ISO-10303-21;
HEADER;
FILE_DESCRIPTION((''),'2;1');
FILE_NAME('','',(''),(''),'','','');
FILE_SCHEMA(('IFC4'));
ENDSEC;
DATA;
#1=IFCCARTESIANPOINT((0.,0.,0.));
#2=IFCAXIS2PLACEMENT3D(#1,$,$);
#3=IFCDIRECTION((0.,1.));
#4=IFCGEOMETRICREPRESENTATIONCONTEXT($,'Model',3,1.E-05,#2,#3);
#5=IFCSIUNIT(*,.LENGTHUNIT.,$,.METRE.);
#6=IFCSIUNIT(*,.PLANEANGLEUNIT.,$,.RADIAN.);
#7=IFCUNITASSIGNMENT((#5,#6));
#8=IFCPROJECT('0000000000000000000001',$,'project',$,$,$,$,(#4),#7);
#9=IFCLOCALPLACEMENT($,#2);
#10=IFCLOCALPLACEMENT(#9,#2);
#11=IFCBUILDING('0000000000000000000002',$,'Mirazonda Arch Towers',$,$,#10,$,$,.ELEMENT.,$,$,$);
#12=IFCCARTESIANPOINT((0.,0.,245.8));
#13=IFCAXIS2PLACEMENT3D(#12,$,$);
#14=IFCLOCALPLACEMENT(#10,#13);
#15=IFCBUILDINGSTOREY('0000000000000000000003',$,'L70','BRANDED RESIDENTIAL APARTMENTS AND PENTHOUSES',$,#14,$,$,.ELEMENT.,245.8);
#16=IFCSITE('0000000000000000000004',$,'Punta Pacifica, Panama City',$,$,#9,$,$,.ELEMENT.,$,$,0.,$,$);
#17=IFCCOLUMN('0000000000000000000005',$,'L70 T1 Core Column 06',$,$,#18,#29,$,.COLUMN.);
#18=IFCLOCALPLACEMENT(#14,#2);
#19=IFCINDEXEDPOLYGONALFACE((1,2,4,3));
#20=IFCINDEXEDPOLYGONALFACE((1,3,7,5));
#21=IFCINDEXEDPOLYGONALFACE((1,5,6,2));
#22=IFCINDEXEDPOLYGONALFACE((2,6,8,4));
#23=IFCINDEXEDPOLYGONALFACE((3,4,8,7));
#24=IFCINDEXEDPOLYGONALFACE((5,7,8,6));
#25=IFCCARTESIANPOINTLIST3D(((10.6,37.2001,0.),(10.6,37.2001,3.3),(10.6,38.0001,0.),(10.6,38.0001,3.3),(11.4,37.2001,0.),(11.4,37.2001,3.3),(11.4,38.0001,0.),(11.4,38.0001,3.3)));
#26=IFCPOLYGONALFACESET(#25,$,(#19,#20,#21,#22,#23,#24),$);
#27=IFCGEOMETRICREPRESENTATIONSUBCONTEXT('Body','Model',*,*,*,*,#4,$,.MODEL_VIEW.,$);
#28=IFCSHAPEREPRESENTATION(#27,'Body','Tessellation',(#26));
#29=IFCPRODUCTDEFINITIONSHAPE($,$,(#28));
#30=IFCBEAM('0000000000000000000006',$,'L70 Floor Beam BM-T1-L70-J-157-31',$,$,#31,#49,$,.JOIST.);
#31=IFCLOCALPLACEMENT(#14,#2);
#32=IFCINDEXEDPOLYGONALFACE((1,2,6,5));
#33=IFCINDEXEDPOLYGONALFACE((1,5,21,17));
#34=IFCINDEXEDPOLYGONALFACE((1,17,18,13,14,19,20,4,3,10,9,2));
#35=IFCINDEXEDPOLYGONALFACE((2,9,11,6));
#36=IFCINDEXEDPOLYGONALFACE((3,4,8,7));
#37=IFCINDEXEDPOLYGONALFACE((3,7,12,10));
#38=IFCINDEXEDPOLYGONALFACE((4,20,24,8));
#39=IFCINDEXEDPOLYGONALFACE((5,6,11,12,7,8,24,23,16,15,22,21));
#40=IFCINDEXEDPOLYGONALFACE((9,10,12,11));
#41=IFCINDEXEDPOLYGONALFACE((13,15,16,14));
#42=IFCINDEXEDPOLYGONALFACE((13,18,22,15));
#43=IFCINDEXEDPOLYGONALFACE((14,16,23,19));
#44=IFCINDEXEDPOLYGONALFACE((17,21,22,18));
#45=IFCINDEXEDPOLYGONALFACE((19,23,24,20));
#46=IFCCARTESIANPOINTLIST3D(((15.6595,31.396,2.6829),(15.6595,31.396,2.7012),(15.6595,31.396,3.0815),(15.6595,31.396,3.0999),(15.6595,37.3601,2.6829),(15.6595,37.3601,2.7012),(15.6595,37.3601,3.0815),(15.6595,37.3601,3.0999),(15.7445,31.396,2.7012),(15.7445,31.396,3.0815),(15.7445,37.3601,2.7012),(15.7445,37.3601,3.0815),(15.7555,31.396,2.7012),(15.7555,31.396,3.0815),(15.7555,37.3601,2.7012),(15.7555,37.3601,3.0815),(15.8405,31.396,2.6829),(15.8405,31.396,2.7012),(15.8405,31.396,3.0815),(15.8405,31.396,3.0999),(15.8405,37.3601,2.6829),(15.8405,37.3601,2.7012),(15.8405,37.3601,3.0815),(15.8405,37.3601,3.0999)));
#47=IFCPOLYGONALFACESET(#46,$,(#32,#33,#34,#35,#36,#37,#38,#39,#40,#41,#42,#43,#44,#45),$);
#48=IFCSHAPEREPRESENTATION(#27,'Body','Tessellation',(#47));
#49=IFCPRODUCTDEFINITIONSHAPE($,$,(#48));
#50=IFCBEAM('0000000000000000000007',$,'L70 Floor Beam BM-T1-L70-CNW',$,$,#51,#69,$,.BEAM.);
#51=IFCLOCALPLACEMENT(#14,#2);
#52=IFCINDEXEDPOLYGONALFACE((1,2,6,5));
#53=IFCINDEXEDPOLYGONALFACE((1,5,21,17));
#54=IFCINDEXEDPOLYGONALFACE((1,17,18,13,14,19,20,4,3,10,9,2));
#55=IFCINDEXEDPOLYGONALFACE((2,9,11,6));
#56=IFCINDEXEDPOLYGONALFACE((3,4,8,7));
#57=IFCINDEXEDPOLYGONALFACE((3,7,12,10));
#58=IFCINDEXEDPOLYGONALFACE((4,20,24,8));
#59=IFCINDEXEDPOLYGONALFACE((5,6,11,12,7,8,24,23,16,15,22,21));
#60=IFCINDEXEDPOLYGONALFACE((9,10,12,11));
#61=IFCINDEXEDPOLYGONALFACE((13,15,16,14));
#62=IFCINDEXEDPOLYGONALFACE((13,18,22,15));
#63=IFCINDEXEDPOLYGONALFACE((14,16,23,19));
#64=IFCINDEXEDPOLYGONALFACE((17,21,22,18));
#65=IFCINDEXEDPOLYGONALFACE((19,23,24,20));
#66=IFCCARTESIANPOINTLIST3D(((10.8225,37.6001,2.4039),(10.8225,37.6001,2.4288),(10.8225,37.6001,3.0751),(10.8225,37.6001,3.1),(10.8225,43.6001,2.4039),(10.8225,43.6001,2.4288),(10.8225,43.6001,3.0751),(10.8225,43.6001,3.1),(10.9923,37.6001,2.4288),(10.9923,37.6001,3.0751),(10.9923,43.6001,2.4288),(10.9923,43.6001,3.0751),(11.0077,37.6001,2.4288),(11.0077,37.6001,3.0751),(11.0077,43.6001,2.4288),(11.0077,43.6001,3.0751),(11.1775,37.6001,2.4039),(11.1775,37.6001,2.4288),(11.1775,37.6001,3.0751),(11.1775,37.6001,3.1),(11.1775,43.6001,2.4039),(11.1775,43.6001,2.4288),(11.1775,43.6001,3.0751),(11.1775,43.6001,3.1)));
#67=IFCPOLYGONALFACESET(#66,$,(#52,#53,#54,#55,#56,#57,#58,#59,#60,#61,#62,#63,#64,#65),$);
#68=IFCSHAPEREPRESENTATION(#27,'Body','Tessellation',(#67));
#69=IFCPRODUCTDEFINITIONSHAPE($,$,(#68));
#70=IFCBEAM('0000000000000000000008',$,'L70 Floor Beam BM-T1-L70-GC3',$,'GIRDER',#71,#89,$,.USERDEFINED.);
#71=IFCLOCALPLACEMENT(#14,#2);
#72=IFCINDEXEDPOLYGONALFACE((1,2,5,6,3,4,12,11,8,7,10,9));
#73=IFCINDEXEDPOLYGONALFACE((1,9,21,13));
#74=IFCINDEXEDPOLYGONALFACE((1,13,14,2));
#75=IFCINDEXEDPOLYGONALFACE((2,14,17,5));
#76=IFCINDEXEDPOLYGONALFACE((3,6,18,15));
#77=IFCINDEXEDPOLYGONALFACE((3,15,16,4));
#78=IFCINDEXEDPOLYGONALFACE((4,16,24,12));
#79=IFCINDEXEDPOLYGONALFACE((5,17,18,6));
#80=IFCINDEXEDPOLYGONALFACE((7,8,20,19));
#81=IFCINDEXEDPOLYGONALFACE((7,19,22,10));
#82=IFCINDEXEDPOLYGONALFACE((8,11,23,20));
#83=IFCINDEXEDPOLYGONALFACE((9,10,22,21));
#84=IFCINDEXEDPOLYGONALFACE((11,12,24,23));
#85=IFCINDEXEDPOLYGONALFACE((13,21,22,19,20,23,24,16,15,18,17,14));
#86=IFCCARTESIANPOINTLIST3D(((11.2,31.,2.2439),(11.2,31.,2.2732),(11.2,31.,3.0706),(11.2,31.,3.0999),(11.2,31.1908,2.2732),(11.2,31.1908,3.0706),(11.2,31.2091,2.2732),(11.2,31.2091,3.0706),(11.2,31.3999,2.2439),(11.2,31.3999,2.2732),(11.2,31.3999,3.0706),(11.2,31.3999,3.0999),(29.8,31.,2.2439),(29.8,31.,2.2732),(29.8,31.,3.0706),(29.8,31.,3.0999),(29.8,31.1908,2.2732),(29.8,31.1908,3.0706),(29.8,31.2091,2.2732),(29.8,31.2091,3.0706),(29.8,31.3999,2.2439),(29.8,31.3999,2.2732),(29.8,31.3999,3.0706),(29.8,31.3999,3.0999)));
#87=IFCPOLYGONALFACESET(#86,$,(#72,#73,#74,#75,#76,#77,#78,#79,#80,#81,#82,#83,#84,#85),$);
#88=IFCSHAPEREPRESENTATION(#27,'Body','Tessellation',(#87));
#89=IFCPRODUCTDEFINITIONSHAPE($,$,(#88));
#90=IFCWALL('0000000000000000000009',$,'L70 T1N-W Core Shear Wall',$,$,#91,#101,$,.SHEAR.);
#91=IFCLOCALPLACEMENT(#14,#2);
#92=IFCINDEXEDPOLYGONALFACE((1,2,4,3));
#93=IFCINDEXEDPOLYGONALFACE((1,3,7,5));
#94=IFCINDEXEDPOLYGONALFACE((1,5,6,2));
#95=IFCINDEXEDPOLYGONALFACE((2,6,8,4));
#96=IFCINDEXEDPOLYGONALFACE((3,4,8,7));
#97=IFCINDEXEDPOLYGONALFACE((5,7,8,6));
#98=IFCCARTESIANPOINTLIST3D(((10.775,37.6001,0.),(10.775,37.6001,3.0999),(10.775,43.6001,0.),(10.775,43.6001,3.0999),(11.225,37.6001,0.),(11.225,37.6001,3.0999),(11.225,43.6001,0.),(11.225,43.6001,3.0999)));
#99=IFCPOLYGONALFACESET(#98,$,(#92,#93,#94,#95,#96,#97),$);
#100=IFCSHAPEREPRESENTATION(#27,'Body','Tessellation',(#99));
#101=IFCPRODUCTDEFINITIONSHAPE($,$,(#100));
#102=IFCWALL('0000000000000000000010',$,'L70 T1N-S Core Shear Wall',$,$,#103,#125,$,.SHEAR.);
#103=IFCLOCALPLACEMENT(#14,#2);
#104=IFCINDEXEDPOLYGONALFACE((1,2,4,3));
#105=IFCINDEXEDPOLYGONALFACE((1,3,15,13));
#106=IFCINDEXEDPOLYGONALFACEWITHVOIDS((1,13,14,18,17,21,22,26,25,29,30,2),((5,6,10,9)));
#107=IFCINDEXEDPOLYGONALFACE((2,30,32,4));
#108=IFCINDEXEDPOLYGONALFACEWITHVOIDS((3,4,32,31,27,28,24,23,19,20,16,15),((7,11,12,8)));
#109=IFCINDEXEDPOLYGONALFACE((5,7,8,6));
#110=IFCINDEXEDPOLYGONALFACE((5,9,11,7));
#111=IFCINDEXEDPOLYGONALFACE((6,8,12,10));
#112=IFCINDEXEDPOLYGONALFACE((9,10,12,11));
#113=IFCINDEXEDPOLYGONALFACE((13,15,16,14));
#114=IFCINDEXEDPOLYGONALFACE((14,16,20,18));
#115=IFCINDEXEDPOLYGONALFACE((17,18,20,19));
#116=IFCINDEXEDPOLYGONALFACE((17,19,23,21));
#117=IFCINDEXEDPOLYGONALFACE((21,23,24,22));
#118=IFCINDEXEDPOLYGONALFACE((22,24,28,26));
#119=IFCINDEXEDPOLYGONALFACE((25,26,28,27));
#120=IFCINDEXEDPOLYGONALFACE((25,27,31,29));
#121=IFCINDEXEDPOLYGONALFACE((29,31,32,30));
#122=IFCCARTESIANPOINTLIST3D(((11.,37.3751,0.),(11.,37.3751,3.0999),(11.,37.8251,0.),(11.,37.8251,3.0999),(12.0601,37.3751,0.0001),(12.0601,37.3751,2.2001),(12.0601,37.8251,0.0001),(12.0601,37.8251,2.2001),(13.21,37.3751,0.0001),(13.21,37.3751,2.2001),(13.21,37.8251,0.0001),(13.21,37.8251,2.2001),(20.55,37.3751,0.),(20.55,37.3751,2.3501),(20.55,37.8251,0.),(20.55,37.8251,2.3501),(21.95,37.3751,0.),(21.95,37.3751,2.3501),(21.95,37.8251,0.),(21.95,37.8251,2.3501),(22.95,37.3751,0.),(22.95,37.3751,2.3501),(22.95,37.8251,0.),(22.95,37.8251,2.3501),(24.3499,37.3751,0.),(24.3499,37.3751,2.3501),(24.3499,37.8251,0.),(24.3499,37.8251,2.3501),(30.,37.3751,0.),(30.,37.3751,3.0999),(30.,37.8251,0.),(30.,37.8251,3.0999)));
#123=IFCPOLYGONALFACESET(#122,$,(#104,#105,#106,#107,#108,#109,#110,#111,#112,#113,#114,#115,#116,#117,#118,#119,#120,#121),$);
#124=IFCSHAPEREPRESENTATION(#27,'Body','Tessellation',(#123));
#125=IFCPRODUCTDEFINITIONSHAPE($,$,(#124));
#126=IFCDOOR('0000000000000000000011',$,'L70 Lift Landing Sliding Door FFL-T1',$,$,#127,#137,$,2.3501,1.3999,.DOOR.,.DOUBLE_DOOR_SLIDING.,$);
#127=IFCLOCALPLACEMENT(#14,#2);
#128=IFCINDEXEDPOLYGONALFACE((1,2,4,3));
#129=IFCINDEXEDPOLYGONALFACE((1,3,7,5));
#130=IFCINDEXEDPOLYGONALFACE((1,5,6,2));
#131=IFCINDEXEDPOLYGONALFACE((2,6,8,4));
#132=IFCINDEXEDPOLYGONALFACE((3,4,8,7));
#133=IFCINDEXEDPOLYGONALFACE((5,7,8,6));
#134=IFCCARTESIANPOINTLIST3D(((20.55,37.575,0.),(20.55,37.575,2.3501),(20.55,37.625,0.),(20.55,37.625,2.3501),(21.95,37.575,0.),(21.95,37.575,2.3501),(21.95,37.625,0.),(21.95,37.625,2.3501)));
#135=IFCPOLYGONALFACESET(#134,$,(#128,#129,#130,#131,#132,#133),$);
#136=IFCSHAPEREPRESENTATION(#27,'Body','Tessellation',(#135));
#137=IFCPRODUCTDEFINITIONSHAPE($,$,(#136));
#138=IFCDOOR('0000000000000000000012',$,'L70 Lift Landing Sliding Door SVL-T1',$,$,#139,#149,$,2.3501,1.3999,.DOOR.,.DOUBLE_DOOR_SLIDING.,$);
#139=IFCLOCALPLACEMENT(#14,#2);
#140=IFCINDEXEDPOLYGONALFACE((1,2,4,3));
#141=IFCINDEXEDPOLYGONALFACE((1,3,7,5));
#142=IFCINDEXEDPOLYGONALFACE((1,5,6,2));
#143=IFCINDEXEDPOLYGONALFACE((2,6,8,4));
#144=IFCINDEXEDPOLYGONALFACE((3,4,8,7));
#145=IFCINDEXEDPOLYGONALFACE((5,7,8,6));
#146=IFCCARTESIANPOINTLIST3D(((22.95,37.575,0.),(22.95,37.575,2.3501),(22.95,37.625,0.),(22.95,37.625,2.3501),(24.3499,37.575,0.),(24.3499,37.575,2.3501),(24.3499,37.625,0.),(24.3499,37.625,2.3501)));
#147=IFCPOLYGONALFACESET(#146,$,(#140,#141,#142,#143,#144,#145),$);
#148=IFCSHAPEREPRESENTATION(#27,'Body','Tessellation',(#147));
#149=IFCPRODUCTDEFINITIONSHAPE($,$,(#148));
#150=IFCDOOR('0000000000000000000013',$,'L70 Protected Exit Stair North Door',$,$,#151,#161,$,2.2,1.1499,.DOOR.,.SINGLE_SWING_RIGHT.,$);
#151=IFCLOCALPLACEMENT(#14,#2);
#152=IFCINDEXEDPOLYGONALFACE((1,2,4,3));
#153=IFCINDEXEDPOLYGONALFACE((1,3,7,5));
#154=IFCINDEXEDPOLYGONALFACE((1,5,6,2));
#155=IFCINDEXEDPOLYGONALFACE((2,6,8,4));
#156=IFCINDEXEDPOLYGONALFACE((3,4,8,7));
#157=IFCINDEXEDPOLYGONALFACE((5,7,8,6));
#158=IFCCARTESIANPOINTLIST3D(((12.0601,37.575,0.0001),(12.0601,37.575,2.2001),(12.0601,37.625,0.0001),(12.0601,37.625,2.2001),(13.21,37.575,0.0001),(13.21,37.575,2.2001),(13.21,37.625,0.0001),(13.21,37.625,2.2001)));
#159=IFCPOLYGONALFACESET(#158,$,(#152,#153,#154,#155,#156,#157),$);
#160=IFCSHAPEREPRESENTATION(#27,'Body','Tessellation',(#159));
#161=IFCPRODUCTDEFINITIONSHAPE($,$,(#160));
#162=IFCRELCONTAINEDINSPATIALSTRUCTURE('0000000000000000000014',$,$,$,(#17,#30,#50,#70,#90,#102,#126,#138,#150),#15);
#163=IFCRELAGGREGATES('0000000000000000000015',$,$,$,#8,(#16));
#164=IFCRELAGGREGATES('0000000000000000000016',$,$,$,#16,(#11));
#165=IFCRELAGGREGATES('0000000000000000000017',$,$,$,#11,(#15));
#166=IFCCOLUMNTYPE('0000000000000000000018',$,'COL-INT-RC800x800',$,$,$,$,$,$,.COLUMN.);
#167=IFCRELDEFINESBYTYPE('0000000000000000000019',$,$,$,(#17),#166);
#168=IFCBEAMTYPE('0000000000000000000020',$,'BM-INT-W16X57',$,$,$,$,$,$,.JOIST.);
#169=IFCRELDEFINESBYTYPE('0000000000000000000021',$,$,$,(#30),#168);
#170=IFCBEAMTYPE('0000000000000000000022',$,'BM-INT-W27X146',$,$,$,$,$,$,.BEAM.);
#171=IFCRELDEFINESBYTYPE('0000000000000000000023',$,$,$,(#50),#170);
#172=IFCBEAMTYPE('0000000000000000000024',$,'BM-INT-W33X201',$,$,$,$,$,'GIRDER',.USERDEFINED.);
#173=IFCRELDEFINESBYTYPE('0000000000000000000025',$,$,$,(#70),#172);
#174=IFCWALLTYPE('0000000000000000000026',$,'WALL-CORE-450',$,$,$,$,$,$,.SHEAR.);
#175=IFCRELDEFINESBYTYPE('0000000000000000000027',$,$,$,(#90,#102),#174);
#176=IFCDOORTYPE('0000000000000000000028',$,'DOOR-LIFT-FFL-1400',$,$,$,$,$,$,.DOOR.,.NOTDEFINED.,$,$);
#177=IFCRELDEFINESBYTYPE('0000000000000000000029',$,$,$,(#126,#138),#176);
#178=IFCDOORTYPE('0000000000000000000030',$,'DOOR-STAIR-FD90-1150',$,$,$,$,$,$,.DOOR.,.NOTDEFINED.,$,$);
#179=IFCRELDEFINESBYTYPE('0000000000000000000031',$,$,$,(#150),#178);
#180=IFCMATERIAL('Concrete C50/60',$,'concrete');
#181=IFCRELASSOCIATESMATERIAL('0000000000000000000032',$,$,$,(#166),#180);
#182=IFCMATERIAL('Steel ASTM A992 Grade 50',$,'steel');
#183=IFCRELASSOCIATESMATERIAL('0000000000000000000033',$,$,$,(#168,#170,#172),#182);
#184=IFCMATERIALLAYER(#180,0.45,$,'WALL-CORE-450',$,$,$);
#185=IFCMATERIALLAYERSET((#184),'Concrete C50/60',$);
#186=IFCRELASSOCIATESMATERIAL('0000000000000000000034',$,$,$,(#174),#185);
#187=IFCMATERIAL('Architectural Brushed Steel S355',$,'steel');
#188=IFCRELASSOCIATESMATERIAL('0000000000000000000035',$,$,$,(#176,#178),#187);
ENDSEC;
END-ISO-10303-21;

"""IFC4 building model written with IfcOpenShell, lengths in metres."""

from ifc_helpers import new_model, si_unit, direction, frame, frame_2d, origin, origin_2d, place, context, subcontext, project, spatial, rectangle, i_section, extrude, material, layer, layer_set, material_profile, profile_set, type_object, element, fill, save


model = new_model("IFC4")

# Units and contexts
model_context = context("Model", 3, precision=1e-05, world=origin(), true_north=direction((0.0, 1.0)))
body_context = subcontext(model_context, "Body", "Model", "MODEL_VIEW")
ifc_project = project(units=[si_unit("LENGTHUNIT", "METRE"), si_unit("PLANEANGLEUNIT", "RADIAN")], contexts=[model_context])

# Site, building, storey
site_placement = place(None, origin())
site = spatial("IfcSite", under=ifc_project, at=site_placement, Name="Punta Pacifica, Panama City", CompositionType="ELEMENT", RefElevation=0.0)
building_placement = place(site_placement, origin())
building = spatial("IfcBuilding", under=site, at=building_placement, Name="Mirazonda Arch Towers", CompositionType="ELEMENT")
storey_placement = place(building_placement, frame((0.0, 0.0, 245.8)))
storey = spatial("IfcBuildingStorey", under=building, at=storey_placement, Name="L70", Description="BRANDED RESIDENTIAL APARTMENTS AND PENTHOUSES", CompositionType="ELEMENT", Elevation=245.8)

# Column
ifc_material_1 = material(Name="Concrete C50/60", Category="concrete")
ifc_material_profile_1 = material_profile(ifc_material_1, rectangle(XDim=0.8, YDim=0.8, at=origin_2d()), Name="RC800x800")
ifc_profile_set_1 = profile_set([ifc_material_profile_1], Name="Concrete C50/60")
column_type = type_object("IfcColumnType", Name="COL-INT-RC800x800", PredefinedType="COLUMN", material=ifc_profile_set_1)
column_placement = place(storey_placement, frame((11.0, 37.6001, 0.0), z_axis=(0.0, 0.0, 1.0), x_axis=(1.0, 0.0, 0.0)))
element("IfcColumn", 1, at=column_placement, inside=storey, type_object=column_type, Name="L70 T1 Core Column 06", PredefinedType="COLUMN", context=body_context, shape_type="SweptSolid", body=[
    extrude(rectangle(XDim=0.8, YDim=0.8, at=origin_2d()), origin(), (0.0, 0.0, 1.0), 3.3),
])

# Beams
ifc_material_2 = material(Name="Steel ASTM A992 Grade 50", Category="steel")
ifc_material_profile_2 = material_profile(ifc_material_2, i_section(OverallWidth=0.1809, OverallDepth=0.417, WebThickness=0.011, FlangeThickness=0.0183, at=origin_2d()), Name="W16X57")
ifc_profile_set_2 = profile_set([ifc_material_profile_2], Name="Steel ASTM A992 Grade 50")
beam_type_1 = type_object("IfcBeamType", Name="BM-INT-W16X57", PredefinedType="JOIST", material=ifc_profile_set_2)
beam_1_placement = place(storey_placement, frame((15.75, 31.396, 2.8914), z_axis=(0.0, 1.0, 0.0), x_axis=(-1.0, 0.0, 0.0)))
element("IfcBeam", 2, at=beam_1_placement, inside=storey, type_object=beam_type_1, Name="L70 Floor Beam BM-T1-L70-J-157-31", PredefinedType="JOIST", context=body_context, shape_type="SweptSolid", body=[
    extrude(i_section(OverallWidth=0.1809, OverallDepth=0.417, WebThickness=0.011, FlangeThickness=0.0183, at=origin_2d()), origin(), (0.0, 0.0, 1.0), 5.9641),
])
ifc_material_profile_3 = material_profile(ifc_material_2, i_section(OverallWidth=0.355, OverallDepth=0.696, WebThickness=0.0154, FlangeThickness=0.0249, at=origin_2d()), Name="W27X146")
ifc_profile_set_3 = profile_set([ifc_material_profile_3], Name="Steel ASTM A992 Grade 50")
beam_type_2 = type_object("IfcBeamType", Name="BM-INT-W27X146", PredefinedType="BEAM", material=ifc_profile_set_3)
beam_2_placement = place(storey_placement, frame((11.0, 37.6001, 2.752), z_axis=(0.0, 1.0, 0.0), x_axis=(-1.0, 0.0, 0.0)))
element("IfcBeam", 3, at=beam_2_placement, inside=storey, type_object=beam_type_2, Name="L70 Floor Beam BM-T1-L70-CNW", PredefinedType="BEAM", context=body_context, shape_type="SweptSolid", body=[
    extrude(i_section(OverallWidth=0.355, OverallDepth=0.696, WebThickness=0.0154, FlangeThickness=0.0249, at=origin_2d()), origin(), (0.0, 0.0, 1.0), 6.0),
])
ifc_material_profile_4 = material_profile(ifc_material_2, i_section(OverallWidth=0.3999, OverallDepth=0.856, WebThickness=0.0183, FlangeThickness=0.0293, at=origin_2d()), Name="W33X201")
ifc_profile_set_4 = profile_set([ifc_material_profile_4], Name="Steel ASTM A992 Grade 50")
beam_type_3 = type_object("IfcBeamType", Name="BM-INT-W33X201", ElementType="GIRDER", PredefinedType="USERDEFINED", material=ifc_profile_set_4)
beam_3_placement = place(storey_placement, frame((11.2, 31.2, 2.6719), z_axis=(1.0, 0.0, 0.0), x_axis=(0.0, 1.0, 0.0)))
element("IfcBeam", 4, at=beam_3_placement, inside=storey, type_object=beam_type_3, Name="L70 Floor Beam BM-T1-L70-GC3", ObjectType="GIRDER", PredefinedType="USERDEFINED", context=body_context, shape_type="SweptSolid", body=[
    extrude(i_section(OverallWidth=0.3999, OverallDepth=0.856, WebThickness=0.0183, FlangeThickness=0.0293, at=origin_2d()), origin(), (0.0, 0.0, 1.0), 18.6001),
])

# Wall
ifc_layer_1 = layer(ifc_material_1, 0.45, Name="WALL-CORE-450")
ifc_layer_set_1 = layer_set([ifc_layer_1], Name="Concrete C50/60")
wall_type_1 = type_object("IfcWallType", Name="WALL-CORE-450", PredefinedType="SHEAR", material=ifc_layer_set_1)
wall_1_placement = place(storey_placement, frame((11.0, 37.6001, 0.0), z_axis=(0.0, 0.0, 1.0), x_axis=(0.0, 1.0, 0.0)))
element("IfcWall", 5, at=wall_1_placement, inside=storey, type_object=wall_type_1, Name="L70 T1N-W Core Shear Wall", PredefinedType="SHEAR", context=body_context, shape_type="SweptSolid", body=[
    extrude(rectangle(XDim=6.0, YDim=0.45, at=frame_2d((3.0, 0.0))), origin(), (0.0, 0.0, 1.0), 3.0999),
])

# Wall, openings, doors
wall_2_placement = place(storey_placement, frame((11.0, 37.6001, 0.0), z_axis=(0.0, 0.0, 1.0), x_axis=(1.0, 0.0, 0.0)))
wall_2 = element("IfcWall", 6, at=wall_2_placement, inside=storey, type_object=wall_type_1, Name="L70 T1N-S Core Shear Wall", PredefinedType="SHEAR", context=body_context, shape_type="SweptSolid", body=[
    extrude(rectangle(XDim=19.0, YDim=0.45, at=frame_2d((9.5, 0.0))), origin(), (0.0, 0.0, 1.0), 3.0999),
])
opening_1_placement = place(wall_2_placement, frame((1.0601, 0.0, 0.0)))
opening_1 = element("IfcOpeningElement", 7, at=opening_1_placement, cuts=wall_2, PredefinedType="OPENING", context=body_context, shape_type="SweptSolid", body=[
    extrude(rectangle(XDim=1.1499, YDim=2.2, at=frame_2d((0.575, 1.1001))), frame((0.0, 0.2349, 0.0), z_axis=(0.0, -1.0, 0.0), x_axis=(1.0, 0.0, 0.0)), (0.0, 0.0, 1.0), 0.47),
])
opening_2_placement = place(wall_2_placement, frame((9.55, 0.0, 0.0)))
opening_2 = element("IfcOpeningElement", 8, at=opening_2_placement, cuts=wall_2, PredefinedType="OPENING", context=body_context, shape_type="SweptSolid", body=[
    extrude(rectangle(XDim=1.3999, YDim=2.3501, at=frame_2d((0.7, 1.175))), frame((0.0, 0.2349, 0.0), z_axis=(0.0, -1.0, 0.0), x_axis=(1.0, 0.0, 0.0)), (0.0, 0.0, 1.0), 0.47),
])
opening_3_placement = place(wall_2_placement, frame((11.95, 0.0, 0.0)))
opening_3 = element("IfcOpeningElement", 9, at=opening_3_placement, cuts=wall_2, PredefinedType="OPENING", context=body_context, shape_type="SweptSolid", body=[
    extrude(rectangle(XDim=1.3999, YDim=2.3501, at=frame_2d((0.7, 1.175))), frame((0.0, 0.2349, 0.0), z_axis=(0.0, -1.0, 0.0), x_axis=(1.0, 0.0, 0.0)), (0.0, 0.0, 1.0), 0.47),
])
ifc_material_3 = material(Name="Architectural Brushed Steel S355", Category="steel")
door_type_1 = type_object("IfcDoorType", Name="DOOR-LIFT-FFL-1400", OperationType="NOTDEFINED", PredefinedType="DOOR", material=ifc_material_3)
door_1_placement = place(opening_2_placement, origin())
door_1 = element("IfcDoor", 10, at=door_1_placement, inside=storey, type_object=door_type_1, Name="L70 Lift Landing Sliding Door FFL-T1", OperationType="DOUBLE_DOOR_SLIDING", OverallHeight=2.3501, OverallWidth=1.3999, PredefinedType="DOOR", context=body_context, shape_type="SweptSolid", body=[
    extrude(rectangle(XDim=1.3999, YDim=2.3501, at=frame_2d((0.7, 1.175))), frame((0.0, 0.0249, 0.0), z_axis=(0.0, -1.0, 0.0), x_axis=(1.0, 0.0, 0.0)), (0.0, 0.0, 1.0), 0.05),
])
fill(opening_2, door_1)
door_2_placement = place(opening_3_placement, origin())
door_2 = element("IfcDoor", 11, at=door_2_placement, inside=storey, type_object=door_type_1, Name="L70 Lift Landing Sliding Door SVL-T1", OperationType="DOUBLE_DOOR_SLIDING", OverallHeight=2.3501, OverallWidth=1.3999, PredefinedType="DOOR", context=body_context, shape_type="SweptSolid", body=[
    extrude(rectangle(XDim=1.3999, YDim=2.3501, at=frame_2d((0.7, 1.175))), frame((0.0, 0.0249, 0.0), z_axis=(0.0, -1.0, 0.0), x_axis=(1.0, 0.0, 0.0)), (0.0, 0.0, 1.0), 0.05),
])
fill(opening_3, door_2)
door_type_2 = type_object("IfcDoorType", Name="DOOR-STAIR-FD90-1150", OperationType="NOTDEFINED", PredefinedType="DOOR", material=ifc_material_3)
door_3_placement = place(opening_1_placement, origin())
door_3 = element("IfcDoor", 12, at=door_3_placement, inside=storey, type_object=door_type_2, Name="L70 Protected Exit Stair North Door", OperationType="SINGLE_SWING_RIGHT", OverallHeight=2.2, OverallWidth=1.1499, PredefinedType="DOOR", context=body_context, shape_type="SweptSolid", body=[
    extrude(rectangle(XDim=1.1499, YDim=2.2, at=frame_2d((0.575, 1.1001))), frame((0.0, 0.0249, 0.0), z_axis=(0.0, -1.0, 0.0), x_axis=(1.0, 0.0, 0.0)), (0.0, 0.0, 1.0), 0.05),
])
fill(opening_1, door_3)

save(model, "model.ifc")
